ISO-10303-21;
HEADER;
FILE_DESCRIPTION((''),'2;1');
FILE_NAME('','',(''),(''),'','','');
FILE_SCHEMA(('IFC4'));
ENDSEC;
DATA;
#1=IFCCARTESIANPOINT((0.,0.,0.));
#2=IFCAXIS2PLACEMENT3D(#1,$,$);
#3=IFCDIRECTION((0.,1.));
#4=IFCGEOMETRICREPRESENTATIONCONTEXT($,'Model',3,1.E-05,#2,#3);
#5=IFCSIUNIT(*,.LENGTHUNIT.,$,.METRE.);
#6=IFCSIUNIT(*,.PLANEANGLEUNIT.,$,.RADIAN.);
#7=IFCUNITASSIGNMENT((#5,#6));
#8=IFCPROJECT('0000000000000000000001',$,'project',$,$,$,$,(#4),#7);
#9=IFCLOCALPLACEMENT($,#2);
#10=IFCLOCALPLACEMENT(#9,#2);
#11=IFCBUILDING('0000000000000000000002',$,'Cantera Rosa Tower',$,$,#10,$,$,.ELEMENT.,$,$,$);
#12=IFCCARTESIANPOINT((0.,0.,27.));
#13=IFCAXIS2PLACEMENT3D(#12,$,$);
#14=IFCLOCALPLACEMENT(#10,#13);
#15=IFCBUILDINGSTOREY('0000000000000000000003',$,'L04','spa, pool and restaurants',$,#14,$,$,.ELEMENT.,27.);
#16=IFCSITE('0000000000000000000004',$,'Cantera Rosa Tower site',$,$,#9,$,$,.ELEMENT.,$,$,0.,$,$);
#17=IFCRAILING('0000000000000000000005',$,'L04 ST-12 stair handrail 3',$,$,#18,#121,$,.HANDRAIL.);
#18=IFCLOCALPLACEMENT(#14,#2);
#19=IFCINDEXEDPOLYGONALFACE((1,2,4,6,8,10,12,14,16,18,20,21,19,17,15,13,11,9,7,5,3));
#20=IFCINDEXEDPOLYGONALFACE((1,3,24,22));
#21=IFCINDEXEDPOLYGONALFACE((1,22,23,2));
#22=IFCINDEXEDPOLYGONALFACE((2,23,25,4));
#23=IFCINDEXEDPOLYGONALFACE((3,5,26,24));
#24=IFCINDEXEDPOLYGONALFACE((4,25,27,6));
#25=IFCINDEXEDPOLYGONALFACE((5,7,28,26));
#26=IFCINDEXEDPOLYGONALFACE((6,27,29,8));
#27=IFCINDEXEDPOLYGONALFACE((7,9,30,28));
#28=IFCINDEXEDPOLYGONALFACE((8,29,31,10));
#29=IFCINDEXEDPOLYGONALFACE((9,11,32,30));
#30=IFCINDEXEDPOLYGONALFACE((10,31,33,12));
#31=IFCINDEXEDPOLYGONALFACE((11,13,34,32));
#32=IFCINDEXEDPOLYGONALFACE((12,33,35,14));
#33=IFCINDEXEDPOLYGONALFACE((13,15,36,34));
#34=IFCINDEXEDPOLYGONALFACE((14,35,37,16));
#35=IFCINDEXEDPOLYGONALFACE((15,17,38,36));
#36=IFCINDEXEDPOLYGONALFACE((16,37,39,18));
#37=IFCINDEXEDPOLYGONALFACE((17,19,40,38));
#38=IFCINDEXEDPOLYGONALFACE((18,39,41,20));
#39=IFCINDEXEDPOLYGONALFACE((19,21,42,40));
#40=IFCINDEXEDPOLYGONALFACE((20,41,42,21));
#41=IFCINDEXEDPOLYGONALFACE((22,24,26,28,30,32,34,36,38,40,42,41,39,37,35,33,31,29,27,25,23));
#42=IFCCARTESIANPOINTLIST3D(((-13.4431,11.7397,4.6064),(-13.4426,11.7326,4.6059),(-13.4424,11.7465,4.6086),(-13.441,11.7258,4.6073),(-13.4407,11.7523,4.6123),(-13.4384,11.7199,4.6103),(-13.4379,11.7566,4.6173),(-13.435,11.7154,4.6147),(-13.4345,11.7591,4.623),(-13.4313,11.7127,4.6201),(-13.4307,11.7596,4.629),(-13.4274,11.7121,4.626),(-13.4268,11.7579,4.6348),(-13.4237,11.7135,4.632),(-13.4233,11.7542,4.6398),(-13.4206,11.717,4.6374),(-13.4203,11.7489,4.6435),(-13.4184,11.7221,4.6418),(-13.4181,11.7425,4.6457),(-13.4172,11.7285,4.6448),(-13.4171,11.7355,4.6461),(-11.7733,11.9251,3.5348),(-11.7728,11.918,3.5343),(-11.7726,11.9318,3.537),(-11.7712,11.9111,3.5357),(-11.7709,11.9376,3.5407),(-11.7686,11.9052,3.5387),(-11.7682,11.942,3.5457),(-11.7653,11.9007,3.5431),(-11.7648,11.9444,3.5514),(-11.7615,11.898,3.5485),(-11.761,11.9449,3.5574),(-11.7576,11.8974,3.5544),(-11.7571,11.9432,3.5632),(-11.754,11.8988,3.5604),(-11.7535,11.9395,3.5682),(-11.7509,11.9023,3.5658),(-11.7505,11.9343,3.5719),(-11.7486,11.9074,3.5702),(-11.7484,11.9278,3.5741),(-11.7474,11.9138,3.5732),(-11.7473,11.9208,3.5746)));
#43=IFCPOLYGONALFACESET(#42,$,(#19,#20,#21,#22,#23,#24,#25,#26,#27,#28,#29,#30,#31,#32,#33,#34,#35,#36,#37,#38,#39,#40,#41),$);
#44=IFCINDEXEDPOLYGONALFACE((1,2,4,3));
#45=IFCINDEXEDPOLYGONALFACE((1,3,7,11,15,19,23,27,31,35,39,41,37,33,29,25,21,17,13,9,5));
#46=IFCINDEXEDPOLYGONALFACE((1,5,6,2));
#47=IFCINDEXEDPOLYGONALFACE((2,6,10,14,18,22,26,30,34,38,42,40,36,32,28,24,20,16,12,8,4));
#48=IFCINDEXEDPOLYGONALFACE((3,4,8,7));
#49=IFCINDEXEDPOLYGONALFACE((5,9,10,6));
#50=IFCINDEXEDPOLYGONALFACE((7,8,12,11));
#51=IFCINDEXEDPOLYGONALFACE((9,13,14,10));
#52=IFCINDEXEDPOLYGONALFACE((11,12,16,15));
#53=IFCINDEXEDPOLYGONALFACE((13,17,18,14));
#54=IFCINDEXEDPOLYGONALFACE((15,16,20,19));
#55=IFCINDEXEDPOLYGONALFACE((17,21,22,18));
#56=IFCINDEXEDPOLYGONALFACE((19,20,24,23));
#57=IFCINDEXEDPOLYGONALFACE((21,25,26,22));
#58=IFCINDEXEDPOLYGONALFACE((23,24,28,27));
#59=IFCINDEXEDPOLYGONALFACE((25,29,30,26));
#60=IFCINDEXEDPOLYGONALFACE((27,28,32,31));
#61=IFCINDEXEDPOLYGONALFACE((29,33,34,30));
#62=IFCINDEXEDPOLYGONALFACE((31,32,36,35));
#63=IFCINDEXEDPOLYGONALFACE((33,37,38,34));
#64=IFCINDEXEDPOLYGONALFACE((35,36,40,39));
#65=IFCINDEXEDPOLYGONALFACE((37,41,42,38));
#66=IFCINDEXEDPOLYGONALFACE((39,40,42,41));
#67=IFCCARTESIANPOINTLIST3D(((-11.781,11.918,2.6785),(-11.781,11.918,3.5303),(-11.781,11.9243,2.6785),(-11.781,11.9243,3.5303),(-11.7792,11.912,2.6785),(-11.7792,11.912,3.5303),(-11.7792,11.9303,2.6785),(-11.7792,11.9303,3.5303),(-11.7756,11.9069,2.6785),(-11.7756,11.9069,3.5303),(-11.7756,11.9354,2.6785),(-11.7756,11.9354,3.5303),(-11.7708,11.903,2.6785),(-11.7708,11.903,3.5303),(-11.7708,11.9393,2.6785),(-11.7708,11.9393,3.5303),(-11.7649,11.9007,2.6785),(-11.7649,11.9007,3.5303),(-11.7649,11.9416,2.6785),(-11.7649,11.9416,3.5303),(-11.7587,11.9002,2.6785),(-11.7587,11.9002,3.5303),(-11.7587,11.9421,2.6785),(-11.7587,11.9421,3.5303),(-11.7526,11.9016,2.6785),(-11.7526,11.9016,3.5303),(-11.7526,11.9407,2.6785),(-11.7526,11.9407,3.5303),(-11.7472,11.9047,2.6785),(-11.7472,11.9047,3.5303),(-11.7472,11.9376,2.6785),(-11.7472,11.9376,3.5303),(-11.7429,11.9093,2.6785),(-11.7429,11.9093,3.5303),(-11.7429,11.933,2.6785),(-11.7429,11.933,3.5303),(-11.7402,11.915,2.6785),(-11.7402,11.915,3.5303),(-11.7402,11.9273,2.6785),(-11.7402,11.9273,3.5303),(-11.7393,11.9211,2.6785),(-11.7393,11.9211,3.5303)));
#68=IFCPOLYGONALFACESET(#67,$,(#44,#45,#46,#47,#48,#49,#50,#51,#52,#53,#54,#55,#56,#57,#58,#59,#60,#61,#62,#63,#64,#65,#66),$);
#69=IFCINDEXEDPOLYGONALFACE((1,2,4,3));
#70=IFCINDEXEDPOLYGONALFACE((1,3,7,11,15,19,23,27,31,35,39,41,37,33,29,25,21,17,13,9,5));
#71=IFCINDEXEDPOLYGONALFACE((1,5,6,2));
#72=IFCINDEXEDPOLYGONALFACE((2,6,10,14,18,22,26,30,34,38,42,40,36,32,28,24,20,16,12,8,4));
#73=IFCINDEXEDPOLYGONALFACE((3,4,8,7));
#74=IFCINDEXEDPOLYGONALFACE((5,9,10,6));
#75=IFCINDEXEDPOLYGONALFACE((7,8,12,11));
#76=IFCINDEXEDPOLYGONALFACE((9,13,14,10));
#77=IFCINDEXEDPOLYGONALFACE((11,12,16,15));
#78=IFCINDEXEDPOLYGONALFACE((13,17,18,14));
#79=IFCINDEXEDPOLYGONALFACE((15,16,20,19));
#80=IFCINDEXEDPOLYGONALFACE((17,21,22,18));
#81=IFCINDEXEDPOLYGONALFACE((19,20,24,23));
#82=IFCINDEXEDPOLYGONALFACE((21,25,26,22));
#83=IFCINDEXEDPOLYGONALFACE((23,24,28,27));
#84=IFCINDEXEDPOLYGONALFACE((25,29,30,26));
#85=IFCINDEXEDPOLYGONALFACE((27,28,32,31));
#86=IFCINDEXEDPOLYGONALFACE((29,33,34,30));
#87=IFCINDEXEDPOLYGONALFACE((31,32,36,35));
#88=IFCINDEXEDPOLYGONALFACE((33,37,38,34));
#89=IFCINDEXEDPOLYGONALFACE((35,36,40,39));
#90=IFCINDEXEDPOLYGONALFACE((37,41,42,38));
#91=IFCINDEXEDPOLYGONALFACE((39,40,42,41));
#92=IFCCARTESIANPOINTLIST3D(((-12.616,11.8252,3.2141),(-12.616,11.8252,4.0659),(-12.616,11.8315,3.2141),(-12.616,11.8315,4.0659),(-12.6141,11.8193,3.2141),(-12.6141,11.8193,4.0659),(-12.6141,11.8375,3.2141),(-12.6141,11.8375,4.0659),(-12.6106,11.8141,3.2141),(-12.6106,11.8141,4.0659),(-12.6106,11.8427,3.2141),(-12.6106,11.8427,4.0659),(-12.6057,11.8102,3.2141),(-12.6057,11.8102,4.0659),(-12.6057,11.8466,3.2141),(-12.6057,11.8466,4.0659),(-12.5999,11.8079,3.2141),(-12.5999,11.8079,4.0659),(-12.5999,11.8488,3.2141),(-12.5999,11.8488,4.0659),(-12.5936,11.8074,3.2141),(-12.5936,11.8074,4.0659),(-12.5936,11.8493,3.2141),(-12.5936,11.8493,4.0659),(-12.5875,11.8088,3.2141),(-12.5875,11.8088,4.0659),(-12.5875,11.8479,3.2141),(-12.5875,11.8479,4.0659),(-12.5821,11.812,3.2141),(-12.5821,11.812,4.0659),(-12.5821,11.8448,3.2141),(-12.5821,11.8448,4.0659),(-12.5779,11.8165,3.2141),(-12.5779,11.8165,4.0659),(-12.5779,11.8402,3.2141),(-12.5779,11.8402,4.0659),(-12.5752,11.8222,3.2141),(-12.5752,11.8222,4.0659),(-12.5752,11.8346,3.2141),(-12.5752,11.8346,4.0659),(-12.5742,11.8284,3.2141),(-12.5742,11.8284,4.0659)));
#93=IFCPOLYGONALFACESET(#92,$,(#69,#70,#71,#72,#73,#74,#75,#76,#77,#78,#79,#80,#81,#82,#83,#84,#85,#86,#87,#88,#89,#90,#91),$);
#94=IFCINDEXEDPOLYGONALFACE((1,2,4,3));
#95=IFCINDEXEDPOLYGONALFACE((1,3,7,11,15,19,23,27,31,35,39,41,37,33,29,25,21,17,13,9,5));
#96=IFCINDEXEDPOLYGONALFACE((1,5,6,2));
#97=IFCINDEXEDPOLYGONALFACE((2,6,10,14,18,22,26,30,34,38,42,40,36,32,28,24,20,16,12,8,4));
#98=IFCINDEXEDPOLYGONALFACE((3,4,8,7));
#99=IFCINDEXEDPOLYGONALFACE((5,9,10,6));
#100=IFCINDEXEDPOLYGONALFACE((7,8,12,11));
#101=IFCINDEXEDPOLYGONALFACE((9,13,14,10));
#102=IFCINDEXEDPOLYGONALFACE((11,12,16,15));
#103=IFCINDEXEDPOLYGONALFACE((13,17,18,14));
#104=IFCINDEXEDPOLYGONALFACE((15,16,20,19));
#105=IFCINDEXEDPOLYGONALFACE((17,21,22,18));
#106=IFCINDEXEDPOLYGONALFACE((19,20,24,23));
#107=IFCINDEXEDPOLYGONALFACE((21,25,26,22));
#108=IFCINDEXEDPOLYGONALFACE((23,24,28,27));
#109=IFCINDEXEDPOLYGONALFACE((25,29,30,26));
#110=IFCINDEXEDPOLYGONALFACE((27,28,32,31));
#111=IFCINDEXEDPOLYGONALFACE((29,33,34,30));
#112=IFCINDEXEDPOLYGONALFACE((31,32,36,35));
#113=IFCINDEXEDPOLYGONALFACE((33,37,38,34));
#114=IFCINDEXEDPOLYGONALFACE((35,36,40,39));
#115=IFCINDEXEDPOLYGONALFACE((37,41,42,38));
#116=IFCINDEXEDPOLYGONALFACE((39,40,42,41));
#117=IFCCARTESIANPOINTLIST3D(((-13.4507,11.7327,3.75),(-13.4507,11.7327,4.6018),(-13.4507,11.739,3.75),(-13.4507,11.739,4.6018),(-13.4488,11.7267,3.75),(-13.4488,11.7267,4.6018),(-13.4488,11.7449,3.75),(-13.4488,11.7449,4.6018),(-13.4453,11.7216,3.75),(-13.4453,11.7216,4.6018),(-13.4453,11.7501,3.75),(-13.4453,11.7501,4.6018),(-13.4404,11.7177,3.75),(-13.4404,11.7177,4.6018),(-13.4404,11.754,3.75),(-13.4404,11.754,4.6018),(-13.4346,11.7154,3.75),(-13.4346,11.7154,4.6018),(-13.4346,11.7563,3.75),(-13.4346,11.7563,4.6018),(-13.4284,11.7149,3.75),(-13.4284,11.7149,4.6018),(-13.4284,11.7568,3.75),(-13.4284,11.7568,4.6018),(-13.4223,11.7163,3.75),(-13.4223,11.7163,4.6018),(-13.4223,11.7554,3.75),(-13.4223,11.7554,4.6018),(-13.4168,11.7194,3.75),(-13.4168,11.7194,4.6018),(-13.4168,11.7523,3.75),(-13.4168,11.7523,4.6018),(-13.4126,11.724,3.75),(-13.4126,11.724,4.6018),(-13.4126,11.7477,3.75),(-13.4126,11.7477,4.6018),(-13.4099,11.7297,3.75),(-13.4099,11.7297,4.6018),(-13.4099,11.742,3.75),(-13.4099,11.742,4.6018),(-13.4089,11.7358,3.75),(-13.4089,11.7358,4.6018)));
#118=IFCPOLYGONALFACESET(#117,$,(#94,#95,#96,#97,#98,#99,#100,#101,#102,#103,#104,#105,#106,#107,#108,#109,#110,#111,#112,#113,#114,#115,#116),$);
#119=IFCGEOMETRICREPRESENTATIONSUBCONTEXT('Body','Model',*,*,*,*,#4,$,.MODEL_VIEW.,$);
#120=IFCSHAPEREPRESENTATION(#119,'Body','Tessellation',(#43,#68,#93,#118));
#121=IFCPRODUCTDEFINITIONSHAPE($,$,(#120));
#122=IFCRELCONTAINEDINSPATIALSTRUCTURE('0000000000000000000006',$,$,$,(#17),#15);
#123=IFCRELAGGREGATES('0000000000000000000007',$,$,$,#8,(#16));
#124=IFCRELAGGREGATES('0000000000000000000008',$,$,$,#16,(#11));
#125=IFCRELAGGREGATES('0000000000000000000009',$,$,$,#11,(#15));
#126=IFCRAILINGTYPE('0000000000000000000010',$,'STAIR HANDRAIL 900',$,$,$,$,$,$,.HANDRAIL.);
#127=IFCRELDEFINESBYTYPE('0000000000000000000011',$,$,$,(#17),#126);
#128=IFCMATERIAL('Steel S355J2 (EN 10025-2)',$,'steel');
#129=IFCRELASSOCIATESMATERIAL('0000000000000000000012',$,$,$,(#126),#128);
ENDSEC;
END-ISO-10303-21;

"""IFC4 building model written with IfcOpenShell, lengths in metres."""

from ifc_helpers import new_model, si_unit, direction, frame, origin, origin_2d, place, context, subcontext, project, spatial, circle, extrude, material, type_object, element, save


model = new_model("IFC4")

# Units and contexts
model_context = context("Model", 3, precision=1e-05, world=origin(), true_north=direction((0.0, 1.0)))
body_context = subcontext(model_context, "Body", "Model", "MODEL_VIEW")
ifc_project = project(units=[si_unit("LENGTHUNIT", "METRE"), si_unit("PLANEANGLEUNIT", "RADIAN")], contexts=[model_context])

# Site, building, storey
site_placement = place(None, origin())
site = spatial("IfcSite", under=ifc_project, at=site_placement, Name="Cantera Rosa Tower site", CompositionType="ELEMENT", RefElevation=0.0)
building_placement = place(site_placement, origin())
building = spatial("IfcBuilding", under=site, at=building_placement, Name="Cantera Rosa Tower", CompositionType="ELEMENT")
storey_placement = place(building_placement, frame((0.0, 0.0, 27.0)))
storey = spatial("IfcBuildingStorey", under=building, at=storey_placement, Name="L04", Description="spa, pool and restaurants", CompositionType="ELEMENT", Elevation=27.0)

# Railing
ifc_material_1 = material(Name="Steel S355J2 (EN 10025-2)", Category="steel")
railing_type_1 = type_object("IfcRailingType", Name="STAIR HANDRAIL 900", PredefinedType="HANDRAIL", material=ifc_material_1)
for number, where, name in (
    (1, (-11.7603, 11.9211, 2.6785), "L04 ST-12 stair handrail 3"),
):
    element("IfcRailing", number, at=place(storey_placement, frame(where)), inside=storey, type_object=railing_type_1, Name=name, PredefinedType="HANDRAIL", context=body_context, shape_type="SweptSolid", body=[
        extrude(circle(Radius=0.0239, at=origin_2d()), frame((0.0, 0.0, 0.876), z_axis=(-0.837951, -0.092997, 0.537764), x_axis=(0.110304, -0.993898, 0.0)), (0.0, 0.0, 1.0), 1.9927),
        extrude(circle(Radius=0.021, at=origin_2d()), origin(), (0.0, 0.0, 1.0), 0.8518),
        extrude(circle(Radius=0.021, at=origin_2d()), frame((-0.835, -0.0928, 0.5356)), (0.0, 0.0, 1.0), 0.8518),
        extrude(circle(Radius=0.021, at=origin_2d()), frame((-1.6697, -0.1853, 1.0715)), (0.0, 0.0, 1.0), 0.8518),
    ])

save(model, "model.ifc")
